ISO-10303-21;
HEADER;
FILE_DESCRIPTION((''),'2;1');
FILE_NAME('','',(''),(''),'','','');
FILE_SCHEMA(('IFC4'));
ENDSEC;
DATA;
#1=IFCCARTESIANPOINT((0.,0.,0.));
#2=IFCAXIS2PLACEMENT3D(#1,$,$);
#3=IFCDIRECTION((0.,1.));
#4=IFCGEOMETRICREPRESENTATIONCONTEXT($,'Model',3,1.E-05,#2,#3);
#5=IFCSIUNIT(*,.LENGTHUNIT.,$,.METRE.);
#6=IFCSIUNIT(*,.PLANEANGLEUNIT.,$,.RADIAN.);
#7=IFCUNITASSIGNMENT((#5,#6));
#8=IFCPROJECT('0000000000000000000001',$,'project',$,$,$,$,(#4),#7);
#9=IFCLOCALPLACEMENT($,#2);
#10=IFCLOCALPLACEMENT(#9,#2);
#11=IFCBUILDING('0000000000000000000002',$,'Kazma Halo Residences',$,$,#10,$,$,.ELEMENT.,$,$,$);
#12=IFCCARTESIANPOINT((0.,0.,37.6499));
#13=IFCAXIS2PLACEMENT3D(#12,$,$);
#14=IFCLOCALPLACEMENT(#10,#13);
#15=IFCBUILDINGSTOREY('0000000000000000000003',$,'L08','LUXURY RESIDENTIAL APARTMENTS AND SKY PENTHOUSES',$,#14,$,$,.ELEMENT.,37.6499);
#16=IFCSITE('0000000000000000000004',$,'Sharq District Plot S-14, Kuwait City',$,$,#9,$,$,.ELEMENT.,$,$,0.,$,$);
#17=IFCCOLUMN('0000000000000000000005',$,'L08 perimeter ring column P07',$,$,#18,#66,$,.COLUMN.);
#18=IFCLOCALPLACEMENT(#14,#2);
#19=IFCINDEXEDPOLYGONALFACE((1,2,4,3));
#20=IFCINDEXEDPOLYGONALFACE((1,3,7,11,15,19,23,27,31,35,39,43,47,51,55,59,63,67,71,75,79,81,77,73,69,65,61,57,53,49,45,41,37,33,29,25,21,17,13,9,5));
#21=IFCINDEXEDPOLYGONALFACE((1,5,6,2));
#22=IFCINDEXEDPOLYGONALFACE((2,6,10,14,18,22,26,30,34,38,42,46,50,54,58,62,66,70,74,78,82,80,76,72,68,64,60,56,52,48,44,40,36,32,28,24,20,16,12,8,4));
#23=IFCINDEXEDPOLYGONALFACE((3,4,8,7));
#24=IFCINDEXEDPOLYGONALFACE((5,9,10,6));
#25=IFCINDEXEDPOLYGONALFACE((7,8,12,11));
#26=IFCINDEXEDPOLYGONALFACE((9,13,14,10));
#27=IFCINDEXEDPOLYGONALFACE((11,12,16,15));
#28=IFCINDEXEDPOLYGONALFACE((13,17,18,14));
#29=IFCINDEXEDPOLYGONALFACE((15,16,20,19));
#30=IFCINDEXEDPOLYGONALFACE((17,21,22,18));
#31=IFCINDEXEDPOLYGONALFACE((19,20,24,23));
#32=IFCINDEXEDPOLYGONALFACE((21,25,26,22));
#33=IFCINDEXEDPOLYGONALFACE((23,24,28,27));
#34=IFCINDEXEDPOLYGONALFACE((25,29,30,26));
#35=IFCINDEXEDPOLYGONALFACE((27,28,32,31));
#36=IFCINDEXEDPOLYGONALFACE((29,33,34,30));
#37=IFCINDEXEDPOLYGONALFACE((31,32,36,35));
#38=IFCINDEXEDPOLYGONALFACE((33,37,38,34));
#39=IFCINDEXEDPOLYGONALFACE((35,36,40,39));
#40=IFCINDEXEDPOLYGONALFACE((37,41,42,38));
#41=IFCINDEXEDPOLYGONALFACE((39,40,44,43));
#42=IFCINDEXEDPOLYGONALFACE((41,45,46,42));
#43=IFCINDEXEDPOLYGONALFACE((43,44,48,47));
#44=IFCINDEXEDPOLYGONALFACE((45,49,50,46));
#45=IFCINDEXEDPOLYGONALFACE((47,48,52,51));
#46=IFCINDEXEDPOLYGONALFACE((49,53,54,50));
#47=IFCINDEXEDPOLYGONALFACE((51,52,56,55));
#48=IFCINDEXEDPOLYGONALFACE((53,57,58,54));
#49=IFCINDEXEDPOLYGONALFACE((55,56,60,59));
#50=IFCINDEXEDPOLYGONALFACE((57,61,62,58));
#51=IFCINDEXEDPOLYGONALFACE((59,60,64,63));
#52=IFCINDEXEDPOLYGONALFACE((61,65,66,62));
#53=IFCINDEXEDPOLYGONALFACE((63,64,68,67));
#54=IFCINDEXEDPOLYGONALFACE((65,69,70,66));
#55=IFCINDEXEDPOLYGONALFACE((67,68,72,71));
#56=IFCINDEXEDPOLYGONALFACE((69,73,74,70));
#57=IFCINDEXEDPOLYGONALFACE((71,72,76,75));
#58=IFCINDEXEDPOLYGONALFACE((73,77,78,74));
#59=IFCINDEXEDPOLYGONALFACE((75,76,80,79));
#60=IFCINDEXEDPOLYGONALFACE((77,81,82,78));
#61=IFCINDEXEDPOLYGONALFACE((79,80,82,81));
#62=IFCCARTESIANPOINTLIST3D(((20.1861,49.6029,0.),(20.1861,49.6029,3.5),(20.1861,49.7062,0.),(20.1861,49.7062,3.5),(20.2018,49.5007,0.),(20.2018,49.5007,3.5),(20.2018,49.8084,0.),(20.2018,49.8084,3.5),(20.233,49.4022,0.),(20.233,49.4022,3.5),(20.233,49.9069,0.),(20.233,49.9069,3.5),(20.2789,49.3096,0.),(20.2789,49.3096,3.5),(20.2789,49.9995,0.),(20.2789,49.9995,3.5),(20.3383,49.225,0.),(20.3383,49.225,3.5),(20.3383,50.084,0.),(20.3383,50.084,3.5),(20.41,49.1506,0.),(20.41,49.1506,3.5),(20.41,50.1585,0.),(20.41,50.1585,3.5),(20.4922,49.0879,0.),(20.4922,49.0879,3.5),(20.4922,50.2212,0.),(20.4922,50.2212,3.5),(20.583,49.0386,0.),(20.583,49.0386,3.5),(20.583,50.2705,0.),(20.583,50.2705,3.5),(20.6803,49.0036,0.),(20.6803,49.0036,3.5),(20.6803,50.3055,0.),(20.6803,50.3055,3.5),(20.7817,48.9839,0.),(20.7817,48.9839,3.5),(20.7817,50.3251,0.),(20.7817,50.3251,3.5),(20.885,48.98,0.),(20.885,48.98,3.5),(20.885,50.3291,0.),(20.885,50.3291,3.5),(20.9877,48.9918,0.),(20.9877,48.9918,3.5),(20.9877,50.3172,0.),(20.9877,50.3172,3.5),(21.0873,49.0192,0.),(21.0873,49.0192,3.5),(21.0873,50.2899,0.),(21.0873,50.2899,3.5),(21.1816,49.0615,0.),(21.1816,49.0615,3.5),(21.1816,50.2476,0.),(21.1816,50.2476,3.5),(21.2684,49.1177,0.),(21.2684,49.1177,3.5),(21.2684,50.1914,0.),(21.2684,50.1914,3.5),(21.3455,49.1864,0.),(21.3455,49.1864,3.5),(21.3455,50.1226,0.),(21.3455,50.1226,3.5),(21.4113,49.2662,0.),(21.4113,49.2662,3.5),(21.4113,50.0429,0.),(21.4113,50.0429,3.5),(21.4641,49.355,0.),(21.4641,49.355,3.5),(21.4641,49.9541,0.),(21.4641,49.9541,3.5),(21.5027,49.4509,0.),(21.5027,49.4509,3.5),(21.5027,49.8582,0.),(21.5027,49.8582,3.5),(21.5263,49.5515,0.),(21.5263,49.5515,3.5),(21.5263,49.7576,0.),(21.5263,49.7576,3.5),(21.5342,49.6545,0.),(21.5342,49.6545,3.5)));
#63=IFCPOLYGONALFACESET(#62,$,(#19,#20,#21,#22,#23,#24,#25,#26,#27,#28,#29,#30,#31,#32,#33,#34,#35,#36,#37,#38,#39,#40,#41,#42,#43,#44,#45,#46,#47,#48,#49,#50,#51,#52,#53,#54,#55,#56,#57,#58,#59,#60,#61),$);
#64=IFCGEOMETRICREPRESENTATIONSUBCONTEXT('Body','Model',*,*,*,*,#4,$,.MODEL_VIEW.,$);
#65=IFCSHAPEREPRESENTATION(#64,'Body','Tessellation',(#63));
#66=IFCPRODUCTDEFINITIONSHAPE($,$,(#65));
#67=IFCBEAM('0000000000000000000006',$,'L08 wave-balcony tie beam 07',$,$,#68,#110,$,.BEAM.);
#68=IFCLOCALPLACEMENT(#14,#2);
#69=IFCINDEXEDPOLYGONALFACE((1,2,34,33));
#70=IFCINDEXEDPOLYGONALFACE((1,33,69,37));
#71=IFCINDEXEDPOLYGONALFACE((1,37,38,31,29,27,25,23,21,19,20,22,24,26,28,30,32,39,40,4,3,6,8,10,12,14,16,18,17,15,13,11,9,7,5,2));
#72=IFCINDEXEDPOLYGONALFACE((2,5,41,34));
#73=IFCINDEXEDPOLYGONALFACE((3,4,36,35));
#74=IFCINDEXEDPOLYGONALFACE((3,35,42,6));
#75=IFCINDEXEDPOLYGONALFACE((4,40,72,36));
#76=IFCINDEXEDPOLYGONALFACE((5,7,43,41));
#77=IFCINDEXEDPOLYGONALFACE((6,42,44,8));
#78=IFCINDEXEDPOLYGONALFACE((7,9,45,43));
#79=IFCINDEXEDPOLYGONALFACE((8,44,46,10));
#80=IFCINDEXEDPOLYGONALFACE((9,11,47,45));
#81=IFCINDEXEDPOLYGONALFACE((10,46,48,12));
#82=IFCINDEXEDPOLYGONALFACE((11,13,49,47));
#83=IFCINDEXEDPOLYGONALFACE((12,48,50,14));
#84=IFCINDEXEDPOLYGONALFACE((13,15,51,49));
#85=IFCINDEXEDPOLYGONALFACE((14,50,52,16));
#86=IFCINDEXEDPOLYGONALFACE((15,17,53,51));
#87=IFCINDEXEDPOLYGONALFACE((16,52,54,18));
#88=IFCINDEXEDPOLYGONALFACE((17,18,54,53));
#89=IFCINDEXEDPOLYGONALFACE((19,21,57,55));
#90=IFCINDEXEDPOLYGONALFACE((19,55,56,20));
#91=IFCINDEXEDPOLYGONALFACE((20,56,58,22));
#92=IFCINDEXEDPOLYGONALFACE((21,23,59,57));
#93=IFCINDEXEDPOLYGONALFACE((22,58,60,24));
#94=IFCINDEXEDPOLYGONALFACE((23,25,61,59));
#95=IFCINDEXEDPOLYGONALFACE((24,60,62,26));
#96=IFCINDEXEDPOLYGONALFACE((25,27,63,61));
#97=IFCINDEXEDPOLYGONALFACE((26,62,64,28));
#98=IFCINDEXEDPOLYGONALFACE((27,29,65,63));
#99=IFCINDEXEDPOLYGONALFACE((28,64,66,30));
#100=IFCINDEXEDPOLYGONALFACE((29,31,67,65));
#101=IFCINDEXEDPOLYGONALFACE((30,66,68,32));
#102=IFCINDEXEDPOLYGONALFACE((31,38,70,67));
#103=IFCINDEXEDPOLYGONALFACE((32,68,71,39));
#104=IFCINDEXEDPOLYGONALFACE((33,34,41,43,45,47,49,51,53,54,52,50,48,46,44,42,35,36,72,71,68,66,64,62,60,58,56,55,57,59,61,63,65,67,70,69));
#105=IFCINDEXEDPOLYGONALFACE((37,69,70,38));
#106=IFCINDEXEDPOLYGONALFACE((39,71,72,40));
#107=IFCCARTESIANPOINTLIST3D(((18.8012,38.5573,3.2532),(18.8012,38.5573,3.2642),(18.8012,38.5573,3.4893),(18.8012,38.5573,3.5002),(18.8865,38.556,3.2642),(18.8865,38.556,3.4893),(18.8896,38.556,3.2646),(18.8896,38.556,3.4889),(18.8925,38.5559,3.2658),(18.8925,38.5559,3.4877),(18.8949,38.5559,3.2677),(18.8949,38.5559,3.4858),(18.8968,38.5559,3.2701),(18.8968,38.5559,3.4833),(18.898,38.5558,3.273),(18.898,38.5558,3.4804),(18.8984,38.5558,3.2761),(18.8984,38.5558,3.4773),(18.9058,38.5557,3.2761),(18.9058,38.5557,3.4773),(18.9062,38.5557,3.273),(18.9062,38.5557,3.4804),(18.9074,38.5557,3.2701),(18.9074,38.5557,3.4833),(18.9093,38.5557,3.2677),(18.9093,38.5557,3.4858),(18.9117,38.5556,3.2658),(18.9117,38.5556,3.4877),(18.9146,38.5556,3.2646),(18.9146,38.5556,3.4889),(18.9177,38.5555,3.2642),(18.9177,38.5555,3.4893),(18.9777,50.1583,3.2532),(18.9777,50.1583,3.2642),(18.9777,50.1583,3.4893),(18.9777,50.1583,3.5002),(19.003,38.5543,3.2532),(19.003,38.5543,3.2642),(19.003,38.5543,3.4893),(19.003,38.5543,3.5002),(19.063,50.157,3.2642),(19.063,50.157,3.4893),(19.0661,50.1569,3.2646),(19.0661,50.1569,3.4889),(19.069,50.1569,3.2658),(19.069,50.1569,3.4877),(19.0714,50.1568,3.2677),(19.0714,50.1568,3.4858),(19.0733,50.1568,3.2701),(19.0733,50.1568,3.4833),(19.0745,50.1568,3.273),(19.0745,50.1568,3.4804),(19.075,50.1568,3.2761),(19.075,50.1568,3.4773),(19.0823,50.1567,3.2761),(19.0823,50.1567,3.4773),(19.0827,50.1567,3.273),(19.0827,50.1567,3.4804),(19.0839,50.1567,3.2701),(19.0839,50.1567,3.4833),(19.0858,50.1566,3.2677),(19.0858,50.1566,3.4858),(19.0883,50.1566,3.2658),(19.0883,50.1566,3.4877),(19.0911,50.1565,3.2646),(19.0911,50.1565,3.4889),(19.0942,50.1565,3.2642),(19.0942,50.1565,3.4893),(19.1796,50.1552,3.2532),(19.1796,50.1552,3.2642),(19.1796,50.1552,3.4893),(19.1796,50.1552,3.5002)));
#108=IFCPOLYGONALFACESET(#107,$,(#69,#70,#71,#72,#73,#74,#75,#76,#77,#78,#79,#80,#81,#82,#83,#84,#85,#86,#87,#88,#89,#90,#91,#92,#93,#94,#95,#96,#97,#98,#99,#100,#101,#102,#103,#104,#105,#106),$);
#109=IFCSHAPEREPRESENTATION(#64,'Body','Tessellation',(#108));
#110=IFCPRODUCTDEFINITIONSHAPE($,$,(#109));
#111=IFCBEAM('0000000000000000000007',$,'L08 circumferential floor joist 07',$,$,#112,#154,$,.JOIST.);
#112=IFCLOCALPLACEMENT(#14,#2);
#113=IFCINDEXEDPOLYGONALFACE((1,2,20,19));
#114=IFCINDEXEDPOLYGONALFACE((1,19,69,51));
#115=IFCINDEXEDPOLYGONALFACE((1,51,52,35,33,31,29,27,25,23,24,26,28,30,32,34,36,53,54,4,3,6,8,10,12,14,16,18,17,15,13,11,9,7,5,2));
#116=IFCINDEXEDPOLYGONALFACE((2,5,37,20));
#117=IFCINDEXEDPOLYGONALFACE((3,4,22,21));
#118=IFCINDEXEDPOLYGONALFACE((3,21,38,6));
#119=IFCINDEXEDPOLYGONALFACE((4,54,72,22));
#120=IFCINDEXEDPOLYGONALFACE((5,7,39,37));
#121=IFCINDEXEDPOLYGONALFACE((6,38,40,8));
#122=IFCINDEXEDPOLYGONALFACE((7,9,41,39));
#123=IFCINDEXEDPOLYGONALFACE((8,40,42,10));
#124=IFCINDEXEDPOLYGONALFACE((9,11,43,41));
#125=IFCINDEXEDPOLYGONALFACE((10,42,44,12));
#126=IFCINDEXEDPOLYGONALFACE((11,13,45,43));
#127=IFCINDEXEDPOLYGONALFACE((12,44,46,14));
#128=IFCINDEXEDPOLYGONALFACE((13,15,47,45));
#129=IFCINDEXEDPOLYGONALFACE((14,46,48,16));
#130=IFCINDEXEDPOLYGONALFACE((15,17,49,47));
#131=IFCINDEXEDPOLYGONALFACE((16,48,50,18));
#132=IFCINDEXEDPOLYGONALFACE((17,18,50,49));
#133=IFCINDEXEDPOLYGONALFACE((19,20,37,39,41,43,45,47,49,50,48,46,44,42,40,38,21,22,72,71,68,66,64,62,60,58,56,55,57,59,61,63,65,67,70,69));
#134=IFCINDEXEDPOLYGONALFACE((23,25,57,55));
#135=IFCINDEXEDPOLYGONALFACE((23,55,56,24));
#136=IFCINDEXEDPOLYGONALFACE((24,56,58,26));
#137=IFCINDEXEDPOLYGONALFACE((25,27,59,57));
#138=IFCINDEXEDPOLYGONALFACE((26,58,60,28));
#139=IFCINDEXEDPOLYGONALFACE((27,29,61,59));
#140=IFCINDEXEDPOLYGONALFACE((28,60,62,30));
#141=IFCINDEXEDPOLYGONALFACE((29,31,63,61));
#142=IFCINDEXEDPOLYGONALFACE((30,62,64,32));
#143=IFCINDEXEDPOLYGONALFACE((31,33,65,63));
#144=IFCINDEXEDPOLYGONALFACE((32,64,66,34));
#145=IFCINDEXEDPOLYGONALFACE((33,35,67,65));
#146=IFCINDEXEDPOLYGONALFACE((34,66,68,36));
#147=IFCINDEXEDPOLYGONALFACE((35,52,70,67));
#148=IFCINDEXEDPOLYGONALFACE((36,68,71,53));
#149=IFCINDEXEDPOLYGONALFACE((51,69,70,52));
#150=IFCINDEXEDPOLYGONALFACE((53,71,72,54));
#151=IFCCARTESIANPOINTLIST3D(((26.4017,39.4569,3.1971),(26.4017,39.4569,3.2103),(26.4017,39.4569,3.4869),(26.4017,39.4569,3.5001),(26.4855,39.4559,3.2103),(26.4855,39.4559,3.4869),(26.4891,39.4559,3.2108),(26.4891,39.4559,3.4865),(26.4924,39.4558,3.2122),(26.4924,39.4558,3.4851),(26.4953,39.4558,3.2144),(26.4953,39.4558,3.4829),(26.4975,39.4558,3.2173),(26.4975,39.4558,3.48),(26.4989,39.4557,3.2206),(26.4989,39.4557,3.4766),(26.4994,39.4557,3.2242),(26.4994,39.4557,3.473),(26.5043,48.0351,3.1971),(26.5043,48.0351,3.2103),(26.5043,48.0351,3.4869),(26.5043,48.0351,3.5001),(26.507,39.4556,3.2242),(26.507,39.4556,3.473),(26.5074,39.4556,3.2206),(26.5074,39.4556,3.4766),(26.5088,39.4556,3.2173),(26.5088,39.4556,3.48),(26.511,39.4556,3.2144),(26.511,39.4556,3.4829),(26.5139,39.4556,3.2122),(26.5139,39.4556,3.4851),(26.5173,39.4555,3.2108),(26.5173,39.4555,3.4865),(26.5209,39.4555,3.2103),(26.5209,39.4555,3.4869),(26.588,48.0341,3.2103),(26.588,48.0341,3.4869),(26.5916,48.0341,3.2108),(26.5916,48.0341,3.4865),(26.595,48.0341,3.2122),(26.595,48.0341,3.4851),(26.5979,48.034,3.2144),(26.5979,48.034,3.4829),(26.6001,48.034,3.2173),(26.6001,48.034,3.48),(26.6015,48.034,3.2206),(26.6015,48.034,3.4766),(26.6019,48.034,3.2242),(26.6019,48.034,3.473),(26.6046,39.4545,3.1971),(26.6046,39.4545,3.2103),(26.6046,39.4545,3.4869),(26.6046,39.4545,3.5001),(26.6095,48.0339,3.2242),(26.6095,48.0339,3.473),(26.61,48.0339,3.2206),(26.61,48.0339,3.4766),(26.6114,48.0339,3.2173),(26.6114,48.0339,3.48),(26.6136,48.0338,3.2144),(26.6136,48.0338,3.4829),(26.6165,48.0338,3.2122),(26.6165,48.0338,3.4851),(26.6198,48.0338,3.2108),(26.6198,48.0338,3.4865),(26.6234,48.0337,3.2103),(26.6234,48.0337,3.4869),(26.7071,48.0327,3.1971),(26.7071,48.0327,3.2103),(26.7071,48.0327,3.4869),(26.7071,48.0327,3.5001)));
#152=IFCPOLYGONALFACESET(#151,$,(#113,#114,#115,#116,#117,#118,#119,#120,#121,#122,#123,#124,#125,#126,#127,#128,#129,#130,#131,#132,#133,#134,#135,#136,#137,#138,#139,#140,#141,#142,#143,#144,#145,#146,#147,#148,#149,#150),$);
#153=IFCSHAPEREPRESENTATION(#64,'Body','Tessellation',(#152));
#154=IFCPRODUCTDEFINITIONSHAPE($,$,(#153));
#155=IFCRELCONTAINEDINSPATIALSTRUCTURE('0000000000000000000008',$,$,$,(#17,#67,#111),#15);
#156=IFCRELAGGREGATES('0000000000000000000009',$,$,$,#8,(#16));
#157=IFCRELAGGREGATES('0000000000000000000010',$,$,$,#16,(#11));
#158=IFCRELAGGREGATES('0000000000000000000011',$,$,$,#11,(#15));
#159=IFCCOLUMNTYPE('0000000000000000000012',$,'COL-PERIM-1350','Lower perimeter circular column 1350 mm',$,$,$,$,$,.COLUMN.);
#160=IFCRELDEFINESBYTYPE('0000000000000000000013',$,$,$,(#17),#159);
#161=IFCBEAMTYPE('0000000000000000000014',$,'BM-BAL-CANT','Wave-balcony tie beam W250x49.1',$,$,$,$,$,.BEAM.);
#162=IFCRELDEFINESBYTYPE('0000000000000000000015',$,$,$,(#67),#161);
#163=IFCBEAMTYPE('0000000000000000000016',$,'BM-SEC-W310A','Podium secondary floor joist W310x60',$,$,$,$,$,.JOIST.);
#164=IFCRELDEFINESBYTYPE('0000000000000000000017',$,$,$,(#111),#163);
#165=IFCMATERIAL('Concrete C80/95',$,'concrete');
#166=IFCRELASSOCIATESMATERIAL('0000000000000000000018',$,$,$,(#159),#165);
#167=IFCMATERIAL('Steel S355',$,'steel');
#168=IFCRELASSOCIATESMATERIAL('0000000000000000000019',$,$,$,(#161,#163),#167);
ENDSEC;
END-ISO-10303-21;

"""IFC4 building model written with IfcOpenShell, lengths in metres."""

from ifc_helpers import new_model, si_unit, direction, frame, origin, origin_2d, place, context, subcontext, project, spatial, circle, i_section, extrude, material, material_profile, profile_set, type_object, element, save


model = new_model("IFC4")

# Units and contexts
model_context = context("Model", 3, precision=1e-05, world=origin(), true_north=direction((0.0, 1.0)))
body_context = subcontext(model_context, "Body", "Model", "MODEL_VIEW")
ifc_project = project(units=[si_unit("LENGTHUNIT", "METRE"), si_unit("PLANEANGLEUNIT", "RADIAN")], contexts=[model_context])

# Site, building, storey
site_placement = place(None, origin())
site = spatial("IfcSite", under=ifc_project, at=site_placement, Name="Sharq District Plot S-14, Kuwait City", CompositionType="ELEMENT", RefElevation=0.0)
building_placement = place(site_placement, origin())
building = spatial("IfcBuilding", under=site, at=building_placement, Name="Kazma Halo Residences", CompositionType="ELEMENT")
storey_placement = place(building_placement, frame((0.0, 0.0, 37.6499)))
storey = spatial("IfcBuildingStorey", under=building, at=storey_placement, Name="L08", Description="LUXURY RESIDENTIAL APARTMENTS AND SKY PENTHOUSES", CompositionType="ELEMENT", Elevation=37.6499)

# Column
ifc_material_1 = material(Name="Concrete C80/95", Category="concrete")
ifc_material_profile_1 = material_profile(ifc_material_1, circle(Radius=0.675, at=origin_2d()), Name="CIRC1350")
ifc_profile_set_1 = profile_set([ifc_material_profile_1], Name="Concrete C80/95")
column_type = type_object("IfcColumnType", Name="COL-PERIM-1350", Description="Lower perimeter circular column 1350 mm", PredefinedType="COLUMN", material=ifc_profile_set_1)
column_placement = place(storey_placement, frame((20.8591, 49.6545, 0.0), z_axis=(0.0, 0.0, 1.0), x_axis=(1.0, 0.0, 0.0)))
element("IfcColumn", 1, at=column_placement, inside=storey, type_object=column_type, Name="L08 perimeter ring column P07", PredefinedType="COLUMN", context=body_context, shape_type="SweptSolid", body=[
    extrude(circle(Radius=0.675, at=origin_2d()), origin(), (0.0, 0.0, 1.0), 3.5),
])

# Beams
ifc_material_2 = material(Name="Steel S355", Category="steel")
ifc_material_profile_2 = material_profile(ifc_material_2, i_section(OverallWidth=0.2019, OverallDepth=0.2471, WebThickness=0.0073, FlangeThickness=0.011, FilletRadius=0.012, at=origin_2d()), Name="W250x49.1")
ifc_profile_set_2 = profile_set([ifc_material_profile_2], Name="Steel S355")
beam_type_1 = type_object("IfcBeamType", Name="BM-BAL-CANT", Description="Wave-balcony tie beam W250x49.1", PredefinedType="BEAM", material=ifc_profile_set_2)
beam_1_placement = place(storey_placement, frame((19.0786, 50.1567, 3.3767), z_axis=(-0.015214, -0.999884, 0.0), x_axis=(0.999884, -0.015214, 0.0)))
element("IfcBeam", 2, at=beam_1_placement, inside=storey, type_object=beam_type_1, Name="L08 wave-balcony tie beam 07", PredefinedType="BEAM", context=body_context, shape_type="SweptSolid", body=[
    extrude(i_section(OverallWidth=0.2019, OverallDepth=0.2471, WebThickness=0.0073, FlangeThickness=0.011, FilletRadius=0.012, at=origin_2d()), origin(), (0.0, 0.0, 1.0), 11.6023),
])
ifc_material_profile_3 = material_profile(ifc_material_2, i_section(OverallWidth=0.2029, OverallDepth=0.303, WebThickness=0.0076, FlangeThickness=0.0132, FilletRadius=0.0139, at=origin_2d()), Name="W310x60")
ifc_profile_set_3 = profile_set([ifc_material_profile_3], Name="Steel S355")
beam_type_2 = type_object("IfcBeamType", Name="BM-SEC-W310A", Description="Podium secondary floor joist W310x60", PredefinedType="JOIST", material=ifc_profile_set_3)
beam_2_placement = place(storey_placement, frame((26.6057, 48.0339, 3.3486), z_axis=(-0.011953, -0.999929, 0.0), x_axis=(0.999929, -0.011953, 0.0)))
element("IfcBeam", 3, at=beam_2_placement, inside=storey, type_object=beam_type_2, Name="L08 circumferential floor joist 07", PredefinedType="JOIST", context=body_context, shape_type="SweptSolid", body=[
    extrude(i_section(OverallWidth=0.2029, OverallDepth=0.303, WebThickness=0.0076, FlangeThickness=0.0132, FilletRadius=0.0139, at=origin_2d()), origin(), (0.0, 0.0, 1.0), 8.5789),
])

save(model, "model.ifc")
